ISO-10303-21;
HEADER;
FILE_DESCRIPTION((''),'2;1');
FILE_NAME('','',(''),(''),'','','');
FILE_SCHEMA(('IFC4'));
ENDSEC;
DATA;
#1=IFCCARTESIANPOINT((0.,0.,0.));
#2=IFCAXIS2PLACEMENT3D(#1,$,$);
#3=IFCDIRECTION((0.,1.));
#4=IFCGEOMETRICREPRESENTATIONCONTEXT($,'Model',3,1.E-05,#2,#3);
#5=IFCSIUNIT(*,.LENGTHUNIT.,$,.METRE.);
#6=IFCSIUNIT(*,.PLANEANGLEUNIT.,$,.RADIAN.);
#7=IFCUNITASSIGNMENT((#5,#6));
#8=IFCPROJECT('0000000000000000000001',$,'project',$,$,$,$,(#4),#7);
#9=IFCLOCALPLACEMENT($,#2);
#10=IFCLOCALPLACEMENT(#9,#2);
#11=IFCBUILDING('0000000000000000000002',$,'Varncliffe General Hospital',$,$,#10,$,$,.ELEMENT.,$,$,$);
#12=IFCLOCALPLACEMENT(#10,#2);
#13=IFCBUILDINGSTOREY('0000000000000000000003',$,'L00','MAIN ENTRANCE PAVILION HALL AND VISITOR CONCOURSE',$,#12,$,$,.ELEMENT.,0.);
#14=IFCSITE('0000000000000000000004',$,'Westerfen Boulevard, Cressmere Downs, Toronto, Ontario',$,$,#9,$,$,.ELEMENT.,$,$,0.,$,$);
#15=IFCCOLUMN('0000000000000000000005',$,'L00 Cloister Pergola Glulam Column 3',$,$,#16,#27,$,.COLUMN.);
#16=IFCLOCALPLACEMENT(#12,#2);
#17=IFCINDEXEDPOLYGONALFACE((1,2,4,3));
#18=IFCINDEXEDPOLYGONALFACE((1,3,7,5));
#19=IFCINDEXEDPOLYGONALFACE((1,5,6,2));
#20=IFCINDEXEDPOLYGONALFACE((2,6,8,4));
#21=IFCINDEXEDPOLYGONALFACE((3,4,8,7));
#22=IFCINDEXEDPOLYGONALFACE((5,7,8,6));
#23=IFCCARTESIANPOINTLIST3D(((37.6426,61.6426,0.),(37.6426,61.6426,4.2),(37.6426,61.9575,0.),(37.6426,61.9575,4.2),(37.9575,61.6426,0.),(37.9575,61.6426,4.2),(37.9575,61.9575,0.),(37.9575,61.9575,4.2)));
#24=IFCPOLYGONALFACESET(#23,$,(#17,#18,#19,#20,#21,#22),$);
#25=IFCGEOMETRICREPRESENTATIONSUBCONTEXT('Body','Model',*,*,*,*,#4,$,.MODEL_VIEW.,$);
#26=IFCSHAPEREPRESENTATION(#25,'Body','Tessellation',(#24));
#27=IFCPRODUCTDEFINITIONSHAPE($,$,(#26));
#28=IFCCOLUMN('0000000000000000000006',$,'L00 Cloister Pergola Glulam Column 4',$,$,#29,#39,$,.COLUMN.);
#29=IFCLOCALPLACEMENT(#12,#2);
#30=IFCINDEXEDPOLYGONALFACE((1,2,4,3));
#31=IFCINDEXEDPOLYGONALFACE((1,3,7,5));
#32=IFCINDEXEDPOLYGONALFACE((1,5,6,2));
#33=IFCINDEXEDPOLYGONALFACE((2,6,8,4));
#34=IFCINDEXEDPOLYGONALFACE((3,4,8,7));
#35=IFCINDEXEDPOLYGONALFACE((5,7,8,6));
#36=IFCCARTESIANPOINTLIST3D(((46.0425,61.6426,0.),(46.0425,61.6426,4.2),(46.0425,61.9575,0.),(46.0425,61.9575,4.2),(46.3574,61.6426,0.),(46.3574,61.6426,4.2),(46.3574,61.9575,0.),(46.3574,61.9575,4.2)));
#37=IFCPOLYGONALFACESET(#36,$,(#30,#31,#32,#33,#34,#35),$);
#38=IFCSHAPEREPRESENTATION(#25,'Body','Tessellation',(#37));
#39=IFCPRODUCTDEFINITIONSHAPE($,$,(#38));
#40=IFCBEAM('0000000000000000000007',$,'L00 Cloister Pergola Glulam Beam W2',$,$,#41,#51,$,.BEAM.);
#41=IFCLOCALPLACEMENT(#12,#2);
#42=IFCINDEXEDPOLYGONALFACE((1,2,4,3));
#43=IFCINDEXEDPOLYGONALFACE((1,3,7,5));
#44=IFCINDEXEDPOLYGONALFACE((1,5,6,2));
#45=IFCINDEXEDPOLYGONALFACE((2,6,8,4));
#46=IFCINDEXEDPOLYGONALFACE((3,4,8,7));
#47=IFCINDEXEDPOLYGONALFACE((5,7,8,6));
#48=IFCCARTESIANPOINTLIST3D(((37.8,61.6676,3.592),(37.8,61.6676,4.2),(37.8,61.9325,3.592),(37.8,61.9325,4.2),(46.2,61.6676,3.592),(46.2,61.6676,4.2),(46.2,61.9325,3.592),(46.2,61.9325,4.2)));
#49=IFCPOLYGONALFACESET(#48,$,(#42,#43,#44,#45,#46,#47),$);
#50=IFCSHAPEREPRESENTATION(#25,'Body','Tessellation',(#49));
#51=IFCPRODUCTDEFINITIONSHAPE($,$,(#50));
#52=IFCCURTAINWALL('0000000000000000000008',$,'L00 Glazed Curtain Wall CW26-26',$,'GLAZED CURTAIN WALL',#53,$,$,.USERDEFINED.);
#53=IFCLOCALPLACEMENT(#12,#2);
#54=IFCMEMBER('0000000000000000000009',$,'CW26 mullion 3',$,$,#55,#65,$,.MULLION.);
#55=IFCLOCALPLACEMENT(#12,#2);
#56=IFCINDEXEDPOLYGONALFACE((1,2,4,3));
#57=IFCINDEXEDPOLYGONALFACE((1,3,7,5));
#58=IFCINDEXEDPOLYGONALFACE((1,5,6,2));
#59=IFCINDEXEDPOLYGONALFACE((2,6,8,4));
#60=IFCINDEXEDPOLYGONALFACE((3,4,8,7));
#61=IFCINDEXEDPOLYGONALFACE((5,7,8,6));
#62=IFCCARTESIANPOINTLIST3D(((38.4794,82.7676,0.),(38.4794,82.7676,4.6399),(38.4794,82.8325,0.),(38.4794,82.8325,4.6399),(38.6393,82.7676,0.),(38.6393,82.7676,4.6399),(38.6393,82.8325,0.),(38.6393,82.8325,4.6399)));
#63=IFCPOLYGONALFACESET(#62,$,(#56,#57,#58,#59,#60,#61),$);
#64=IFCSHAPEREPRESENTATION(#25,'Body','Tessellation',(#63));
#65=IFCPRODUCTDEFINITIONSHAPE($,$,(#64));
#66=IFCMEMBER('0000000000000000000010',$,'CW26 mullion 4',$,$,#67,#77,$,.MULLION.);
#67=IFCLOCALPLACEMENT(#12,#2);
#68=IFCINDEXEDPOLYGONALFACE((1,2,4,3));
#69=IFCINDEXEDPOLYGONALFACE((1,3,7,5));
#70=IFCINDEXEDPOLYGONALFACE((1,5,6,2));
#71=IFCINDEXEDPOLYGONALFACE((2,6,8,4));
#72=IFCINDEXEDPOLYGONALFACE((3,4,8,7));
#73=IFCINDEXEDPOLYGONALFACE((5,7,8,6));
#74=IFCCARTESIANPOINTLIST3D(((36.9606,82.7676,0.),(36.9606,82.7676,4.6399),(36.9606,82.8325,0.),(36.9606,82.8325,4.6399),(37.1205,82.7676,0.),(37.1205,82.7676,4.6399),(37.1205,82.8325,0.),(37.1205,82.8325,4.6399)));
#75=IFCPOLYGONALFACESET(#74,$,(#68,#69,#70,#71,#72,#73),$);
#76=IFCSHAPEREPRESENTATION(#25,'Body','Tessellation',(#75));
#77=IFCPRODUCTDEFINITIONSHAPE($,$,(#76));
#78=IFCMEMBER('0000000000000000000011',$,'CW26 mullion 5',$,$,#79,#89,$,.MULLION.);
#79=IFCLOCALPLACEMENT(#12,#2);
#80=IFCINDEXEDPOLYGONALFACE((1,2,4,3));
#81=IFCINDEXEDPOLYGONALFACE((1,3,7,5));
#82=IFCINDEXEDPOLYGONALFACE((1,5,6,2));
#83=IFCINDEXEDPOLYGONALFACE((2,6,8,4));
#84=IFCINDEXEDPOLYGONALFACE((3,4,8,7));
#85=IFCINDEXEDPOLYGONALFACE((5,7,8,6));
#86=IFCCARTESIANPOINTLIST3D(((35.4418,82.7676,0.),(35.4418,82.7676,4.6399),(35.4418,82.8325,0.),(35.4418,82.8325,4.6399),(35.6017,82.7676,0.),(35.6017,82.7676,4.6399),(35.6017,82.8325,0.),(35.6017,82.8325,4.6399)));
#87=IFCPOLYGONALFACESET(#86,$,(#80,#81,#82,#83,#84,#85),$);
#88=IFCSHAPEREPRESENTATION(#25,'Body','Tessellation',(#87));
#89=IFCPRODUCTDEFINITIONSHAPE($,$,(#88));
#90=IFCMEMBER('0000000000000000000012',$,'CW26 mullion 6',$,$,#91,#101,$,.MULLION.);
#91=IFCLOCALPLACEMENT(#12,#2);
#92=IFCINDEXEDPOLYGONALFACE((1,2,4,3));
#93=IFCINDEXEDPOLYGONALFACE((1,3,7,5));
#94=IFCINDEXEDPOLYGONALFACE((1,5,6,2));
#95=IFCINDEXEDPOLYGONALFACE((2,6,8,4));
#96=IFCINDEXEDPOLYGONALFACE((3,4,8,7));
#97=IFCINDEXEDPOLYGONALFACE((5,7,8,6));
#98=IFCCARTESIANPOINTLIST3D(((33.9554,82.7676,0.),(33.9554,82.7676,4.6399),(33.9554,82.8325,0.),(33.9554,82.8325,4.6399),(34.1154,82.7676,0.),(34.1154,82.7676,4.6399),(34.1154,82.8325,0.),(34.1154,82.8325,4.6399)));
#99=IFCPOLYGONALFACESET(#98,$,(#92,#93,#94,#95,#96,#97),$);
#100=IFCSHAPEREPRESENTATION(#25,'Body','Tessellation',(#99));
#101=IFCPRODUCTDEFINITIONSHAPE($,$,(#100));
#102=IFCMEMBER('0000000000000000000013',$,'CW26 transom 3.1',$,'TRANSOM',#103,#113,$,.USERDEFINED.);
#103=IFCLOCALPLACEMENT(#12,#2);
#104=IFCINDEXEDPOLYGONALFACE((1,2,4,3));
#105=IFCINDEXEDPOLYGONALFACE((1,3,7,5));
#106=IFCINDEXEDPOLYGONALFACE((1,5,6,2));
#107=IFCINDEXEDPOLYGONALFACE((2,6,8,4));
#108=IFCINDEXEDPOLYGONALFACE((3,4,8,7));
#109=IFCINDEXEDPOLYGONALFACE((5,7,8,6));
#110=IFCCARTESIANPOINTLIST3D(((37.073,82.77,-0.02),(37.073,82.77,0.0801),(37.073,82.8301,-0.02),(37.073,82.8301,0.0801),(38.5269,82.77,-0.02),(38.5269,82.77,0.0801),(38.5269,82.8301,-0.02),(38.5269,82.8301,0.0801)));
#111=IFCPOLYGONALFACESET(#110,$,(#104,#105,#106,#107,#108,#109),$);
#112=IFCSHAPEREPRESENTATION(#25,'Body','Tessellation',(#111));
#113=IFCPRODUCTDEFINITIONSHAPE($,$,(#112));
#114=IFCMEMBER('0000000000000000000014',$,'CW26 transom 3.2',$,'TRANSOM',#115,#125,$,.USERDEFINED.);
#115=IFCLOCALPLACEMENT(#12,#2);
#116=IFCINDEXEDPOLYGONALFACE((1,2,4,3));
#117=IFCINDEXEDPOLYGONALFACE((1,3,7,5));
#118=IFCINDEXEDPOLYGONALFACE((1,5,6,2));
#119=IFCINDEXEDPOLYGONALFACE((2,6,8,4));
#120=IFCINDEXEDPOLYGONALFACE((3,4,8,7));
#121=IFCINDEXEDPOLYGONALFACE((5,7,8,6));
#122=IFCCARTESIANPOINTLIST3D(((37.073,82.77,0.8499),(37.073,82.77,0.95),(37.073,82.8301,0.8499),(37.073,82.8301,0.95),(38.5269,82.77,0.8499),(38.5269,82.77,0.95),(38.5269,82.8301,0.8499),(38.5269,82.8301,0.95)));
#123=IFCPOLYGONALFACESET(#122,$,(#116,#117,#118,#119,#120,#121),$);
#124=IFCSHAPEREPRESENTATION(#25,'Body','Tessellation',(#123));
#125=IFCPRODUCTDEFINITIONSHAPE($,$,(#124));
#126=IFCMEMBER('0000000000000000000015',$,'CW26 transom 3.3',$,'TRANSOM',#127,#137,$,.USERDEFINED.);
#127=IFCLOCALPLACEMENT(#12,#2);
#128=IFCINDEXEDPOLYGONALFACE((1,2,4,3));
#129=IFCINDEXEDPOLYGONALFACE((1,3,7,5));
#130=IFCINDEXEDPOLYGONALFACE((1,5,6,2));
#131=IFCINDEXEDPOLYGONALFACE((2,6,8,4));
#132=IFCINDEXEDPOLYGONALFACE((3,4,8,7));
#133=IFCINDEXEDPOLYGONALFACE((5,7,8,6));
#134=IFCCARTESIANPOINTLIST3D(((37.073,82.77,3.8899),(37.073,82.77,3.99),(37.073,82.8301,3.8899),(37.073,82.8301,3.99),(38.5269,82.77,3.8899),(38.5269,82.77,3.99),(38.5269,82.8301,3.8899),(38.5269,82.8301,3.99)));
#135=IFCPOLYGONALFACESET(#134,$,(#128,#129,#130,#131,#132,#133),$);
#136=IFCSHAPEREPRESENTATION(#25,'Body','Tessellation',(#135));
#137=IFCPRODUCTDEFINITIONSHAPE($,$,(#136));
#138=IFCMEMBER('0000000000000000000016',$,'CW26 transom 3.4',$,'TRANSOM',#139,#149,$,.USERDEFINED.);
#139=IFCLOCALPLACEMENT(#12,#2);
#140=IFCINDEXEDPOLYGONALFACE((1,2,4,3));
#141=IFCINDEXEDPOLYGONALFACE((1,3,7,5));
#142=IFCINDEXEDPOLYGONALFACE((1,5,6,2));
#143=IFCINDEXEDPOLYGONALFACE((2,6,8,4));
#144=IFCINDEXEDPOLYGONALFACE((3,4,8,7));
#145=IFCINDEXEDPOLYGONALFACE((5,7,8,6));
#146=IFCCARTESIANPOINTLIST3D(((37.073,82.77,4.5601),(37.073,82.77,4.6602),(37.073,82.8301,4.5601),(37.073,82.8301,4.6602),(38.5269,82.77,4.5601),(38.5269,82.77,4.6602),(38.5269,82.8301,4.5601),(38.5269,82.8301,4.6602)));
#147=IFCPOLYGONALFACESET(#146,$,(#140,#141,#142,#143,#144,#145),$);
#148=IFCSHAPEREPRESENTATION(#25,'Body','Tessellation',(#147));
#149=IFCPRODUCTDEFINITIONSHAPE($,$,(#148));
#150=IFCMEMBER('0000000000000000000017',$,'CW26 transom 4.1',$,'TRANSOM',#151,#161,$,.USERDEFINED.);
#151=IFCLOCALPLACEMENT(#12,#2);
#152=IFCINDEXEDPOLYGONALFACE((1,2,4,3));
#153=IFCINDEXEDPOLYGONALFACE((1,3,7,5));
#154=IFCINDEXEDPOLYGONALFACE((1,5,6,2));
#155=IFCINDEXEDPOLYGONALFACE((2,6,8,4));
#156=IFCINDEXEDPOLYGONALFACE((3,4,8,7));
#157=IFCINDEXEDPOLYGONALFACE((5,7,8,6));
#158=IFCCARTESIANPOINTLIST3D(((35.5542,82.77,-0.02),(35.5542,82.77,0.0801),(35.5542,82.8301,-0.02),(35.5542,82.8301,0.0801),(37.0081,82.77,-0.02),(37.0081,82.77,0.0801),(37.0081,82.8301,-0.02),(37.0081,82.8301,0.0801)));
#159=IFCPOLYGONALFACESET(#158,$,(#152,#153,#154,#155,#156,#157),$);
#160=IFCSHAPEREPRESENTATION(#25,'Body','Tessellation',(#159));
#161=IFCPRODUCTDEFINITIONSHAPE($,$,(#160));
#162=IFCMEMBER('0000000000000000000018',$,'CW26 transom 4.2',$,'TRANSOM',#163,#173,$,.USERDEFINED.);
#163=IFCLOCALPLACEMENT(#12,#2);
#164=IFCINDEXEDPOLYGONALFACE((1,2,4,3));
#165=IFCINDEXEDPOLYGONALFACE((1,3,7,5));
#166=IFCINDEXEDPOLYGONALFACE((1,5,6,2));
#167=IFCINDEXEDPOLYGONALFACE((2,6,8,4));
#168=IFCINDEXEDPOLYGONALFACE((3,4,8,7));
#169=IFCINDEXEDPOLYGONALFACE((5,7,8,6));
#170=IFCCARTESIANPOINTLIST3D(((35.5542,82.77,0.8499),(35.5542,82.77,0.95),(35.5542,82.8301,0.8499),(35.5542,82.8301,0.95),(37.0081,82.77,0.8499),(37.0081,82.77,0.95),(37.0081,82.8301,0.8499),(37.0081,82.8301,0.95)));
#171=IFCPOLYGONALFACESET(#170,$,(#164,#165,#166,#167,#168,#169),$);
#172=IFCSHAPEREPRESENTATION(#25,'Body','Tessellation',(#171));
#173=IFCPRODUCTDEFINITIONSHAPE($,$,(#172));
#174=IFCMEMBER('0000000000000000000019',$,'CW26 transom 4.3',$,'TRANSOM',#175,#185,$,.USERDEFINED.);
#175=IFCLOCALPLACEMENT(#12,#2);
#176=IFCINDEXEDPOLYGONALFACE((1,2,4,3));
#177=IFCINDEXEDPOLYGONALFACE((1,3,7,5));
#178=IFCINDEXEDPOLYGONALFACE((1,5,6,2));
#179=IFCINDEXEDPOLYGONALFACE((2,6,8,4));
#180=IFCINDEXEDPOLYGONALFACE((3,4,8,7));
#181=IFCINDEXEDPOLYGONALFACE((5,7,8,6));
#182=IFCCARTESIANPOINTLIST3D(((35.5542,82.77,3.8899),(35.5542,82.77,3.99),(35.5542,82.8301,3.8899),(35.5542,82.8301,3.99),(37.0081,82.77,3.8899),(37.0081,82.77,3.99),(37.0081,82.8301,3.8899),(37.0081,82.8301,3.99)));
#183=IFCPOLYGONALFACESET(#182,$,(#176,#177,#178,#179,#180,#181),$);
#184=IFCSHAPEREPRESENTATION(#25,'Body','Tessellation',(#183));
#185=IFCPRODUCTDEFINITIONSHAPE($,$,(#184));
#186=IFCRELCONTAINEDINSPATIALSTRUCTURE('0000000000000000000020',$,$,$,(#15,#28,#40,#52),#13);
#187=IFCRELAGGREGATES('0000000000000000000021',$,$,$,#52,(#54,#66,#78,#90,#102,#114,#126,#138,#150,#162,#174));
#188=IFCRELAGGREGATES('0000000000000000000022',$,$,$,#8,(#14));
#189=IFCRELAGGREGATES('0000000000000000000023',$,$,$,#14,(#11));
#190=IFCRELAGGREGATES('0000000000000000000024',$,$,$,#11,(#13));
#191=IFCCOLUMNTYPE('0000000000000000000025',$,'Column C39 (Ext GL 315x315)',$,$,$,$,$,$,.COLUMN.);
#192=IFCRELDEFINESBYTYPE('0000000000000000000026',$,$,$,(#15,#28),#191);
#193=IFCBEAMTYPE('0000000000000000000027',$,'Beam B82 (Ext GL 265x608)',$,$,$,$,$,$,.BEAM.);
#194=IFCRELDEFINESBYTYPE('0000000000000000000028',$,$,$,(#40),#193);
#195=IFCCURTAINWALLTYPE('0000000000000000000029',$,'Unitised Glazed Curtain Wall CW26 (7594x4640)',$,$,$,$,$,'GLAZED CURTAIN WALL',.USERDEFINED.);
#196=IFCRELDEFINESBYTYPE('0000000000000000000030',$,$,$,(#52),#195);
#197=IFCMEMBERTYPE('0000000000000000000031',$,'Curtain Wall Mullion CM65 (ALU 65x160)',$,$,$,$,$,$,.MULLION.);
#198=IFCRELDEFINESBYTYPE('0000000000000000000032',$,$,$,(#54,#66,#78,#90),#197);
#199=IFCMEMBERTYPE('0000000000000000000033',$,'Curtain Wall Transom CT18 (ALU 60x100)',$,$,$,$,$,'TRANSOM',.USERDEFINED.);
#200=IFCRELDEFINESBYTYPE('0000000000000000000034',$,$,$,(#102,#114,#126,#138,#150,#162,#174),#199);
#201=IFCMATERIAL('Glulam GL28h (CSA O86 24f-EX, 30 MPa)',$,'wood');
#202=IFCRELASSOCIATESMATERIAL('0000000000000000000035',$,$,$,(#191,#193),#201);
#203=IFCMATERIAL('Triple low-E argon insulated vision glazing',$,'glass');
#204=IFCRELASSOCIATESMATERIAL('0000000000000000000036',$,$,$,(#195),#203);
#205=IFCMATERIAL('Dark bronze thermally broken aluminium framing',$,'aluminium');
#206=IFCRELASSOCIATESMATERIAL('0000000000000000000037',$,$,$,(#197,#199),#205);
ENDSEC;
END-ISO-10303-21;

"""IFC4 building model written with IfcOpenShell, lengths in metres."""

from ifc_helpers import new_model, si_unit, direction, frame, origin, origin_2d, place, context, subcontext, project, spatial, rectangle, extrude, material, material_profile, profile_set, type_object, element, aggregate, save


model = new_model("IFC4")

# Units and contexts
model_context = context("Model", 3, precision=1e-05, world=origin(), true_north=direction((0.0, 1.0)))
body_context = subcontext(model_context, "Body", "Model", "MODEL_VIEW")
ifc_project = project(units=[si_unit("LENGTHUNIT", "METRE"), si_unit("PLANEANGLEUNIT", "RADIAN")], contexts=[model_context])

# Site, building, storey
site_placement = place(None, origin())
site = spatial("IfcSite", under=ifc_project, at=site_placement, Name="Westerfen Boulevard, Cressmere Downs, Toronto, Ontario", CompositionType="ELEMENT", RefElevation=0.0)
building_placement = place(site_placement, origin())
building = spatial("IfcBuilding", under=site, at=building_placement, Name="Varncliffe General Hospital", CompositionType="ELEMENT")
storey_placement = place(building_placement, origin())
storey = spatial("IfcBuildingStorey", under=building, at=storey_placement, Name="L00", Description="MAIN ENTRANCE PAVILION HALL AND VISITOR CONCOURSE", CompositionType="ELEMENT", Elevation=0.0)

# Columns
ifc_material_1 = material(Name="Glulam GL28h (CSA O86 24f-EX, 30 MPa)", Category="wood")
ifc_material_profile_1 = material_profile(ifc_material_1, rectangle(XDim=0.3149, YDim=0.3149, at=origin_2d()), Name="GL 315x315")
ifc_profile_set_1 = profile_set([ifc_material_profile_1], Name="Glulam GL28h (CSA O86 24f-EX, 30 MPa)")
column_type = type_object("IfcColumnType", Name="Column C39 (Ext GL 315x315)", PredefinedType="COLUMN", material=ifc_profile_set_1)
for number, where, z_axis, x_axis, name in (
    (1, (37.8, 61.8, 0.0), (0.0, 0.0, 1.0), (1.0, 0.0, 0.0), "L00 Cloister Pergola Glulam Column 3"),
    (2, (46.2, 61.8, 0.0), (0.0, 0.0, 1.0), (1.0, 0.0, 0.0), "L00 Cloister Pergola Glulam Column 4"),
):
    element("IfcColumn", number, at=place(storey_placement, frame(where, z_axis=z_axis, x_axis=x_axis)), inside=storey, type_object=column_type, Name=name, PredefinedType="COLUMN", context=body_context, shape_type="SweptSolid", body=[
        extrude(rectangle(XDim=0.3149, YDim=0.3149, at=origin_2d()), origin(), (0.0, 0.0, 1.0), 4.2),
    ])

# Beam
ifc_material_profile_2 = material_profile(ifc_material_1, rectangle(XDim=0.2649, YDim=0.6079, at=origin_2d()), Name="GL 265x608")
ifc_profile_set_2 = profile_set([ifc_material_profile_2], Name="Glulam GL28h (CSA O86 24f-EX, 30 MPa)")
beam_type = type_object("IfcBeamType", Name="Beam B82 (Ext GL 265x608)", PredefinedType="BEAM", material=ifc_profile_set_2)
beam_placement = place(storey_placement, frame((37.8, 61.8, 3.896), z_axis=(1.0, 0.0, 0.0), x_axis=(0.0, 1.0, 0.0)))
element("IfcBeam", 3, at=beam_placement, inside=storey, type_object=beam_type, Name="L00 Cloister Pergola Glulam Beam W2", PredefinedType="BEAM", context=body_context, shape_type="SweptSolid", body=[
    extrude(rectangle(XDim=0.2649, YDim=0.6079, at=origin_2d()), origin(), (0.0, 0.0, 1.0), 8.3999),
])

# Curtain wall, members
ifc_material_2 = material(Name="Triple low-E argon insulated vision glazing", Category="glass")
curtain_wall_type = type_object("IfcCurtainWallType", Name="Unitised Glazed Curtain Wall CW26 (7594x4640)", ElementType="GLAZED CURTAIN WALL", PredefinedType="USERDEFINED", material=ifc_material_2)
curtain_wall_placement = place(storey_placement, origin())
curtain_wall = element("IfcCurtainWall", 4, at=curtain_wall_placement, inside=storey, type_object=curtain_wall_type, Name="L00 Glazed Curtain Wall CW26-26", ObjectType="GLAZED CURTAIN WALL", PredefinedType="USERDEFINED")
ifc_material_3 = material(Name="Dark bronze thermally broken aluminium framing", Category="aluminium")
ifc_material_profile_3 = material_profile(ifc_material_3, rectangle(XDim=0.0649, YDim=0.1599, at=origin_2d()), Name="ALU 65x160")
ifc_profile_set_3 = profile_set([ifc_material_profile_3], Name="Dark bronze thermally broken aluminium framing")
member_type_1 = type_object("IfcMemberType", Name="Curtain Wall Mullion CM65 (ALU 65x160)", PredefinedType="MULLION", material=ifc_profile_set_3)
member_1_placement = place(storey_placement, frame((38.5593, 82.8, 0.0), z_axis=(0.0, 0.0, 1.0), x_axis=(0.0, -1.0, 0.0)))
member_1 = element("IfcMember", 5, at=member_1_placement, type_object=member_type_1, Name="CW26 mullion 3", PredefinedType="MULLION", context=body_context, shape_type="SweptSolid", body=[
    extrude(rectangle(XDim=0.0649, YDim=0.1599, at=origin_2d()), origin(), (0.0, 0.0, 1.0), 4.6399),
])
member_2_placement = place(storey_placement, frame((37.0405, 82.8, 0.0), z_axis=(0.0, 0.0, 1.0), x_axis=(0.0, -1.0, 0.0)))
member_2 = element("IfcMember", 6, at=member_2_placement, type_object=member_type_1, Name="CW26 mullion 4", PredefinedType="MULLION", context=body_context, shape_type="SweptSolid", body=[
    extrude(rectangle(XDim=0.0649, YDim=0.1599, at=origin_2d()), origin(), (0.0, 0.0, 1.0), 4.6399),
])
member_3_placement = place(storey_placement, frame((35.5217, 82.8, 0.0), z_axis=(0.0, 0.0, 1.0), x_axis=(0.0, -1.0, 0.0)))
member_3 = element("IfcMember", 7, at=member_3_placement, type_object=member_type_1, Name="CW26 mullion 5", PredefinedType="MULLION", context=body_context, shape_type="SweptSolid", body=[
    extrude(rectangle(XDim=0.0649, YDim=0.1599, at=origin_2d()), origin(), (0.0, 0.0, 1.0), 4.6399),
])
member_4_placement = place(storey_placement, frame((34.0354, 82.8, 0.0), z_axis=(0.0, 0.0, 1.0), x_axis=(0.0, -1.0, 0.0)))
member_4 = element("IfcMember", 8, at=member_4_placement, type_object=member_type_1, Name="CW26 mullion 6", PredefinedType="MULLION", context=body_context, shape_type="SweptSolid", body=[
    extrude(rectangle(XDim=0.0649, YDim=0.1599, at=origin_2d()), origin(), (0.0, 0.0, 1.0), 4.6399),
])
ifc_material_profile_4 = material_profile(ifc_material_3, rectangle(XDim=0.0601, YDim=0.1001, at=origin_2d()), Name="ALU 60x100")
ifc_profile_set_4 = profile_set([ifc_material_profile_4], Name="Dark bronze thermally broken aluminium framing")
member_type_2 = type_object("IfcMemberType", Name="Curtain Wall Transom CT18 (ALU 60x100)", ElementType="TRANSOM", PredefinedType="USERDEFINED", material=ifc_profile_set_4)
member_5_placement = place(storey_placement, frame((38.5269, 82.8, 0.03), z_axis=(-1.0, 0.0, 0.0), x_axis=(0.0, -1.0, 0.0)))
member_5 = element("IfcMember", 9, at=member_5_placement, type_object=member_type_2, Name="CW26 transom 3.1", ObjectType="TRANSOM", PredefinedType="USERDEFINED", context=body_context, shape_type="SweptSolid", body=[
    extrude(rectangle(XDim=0.0601, YDim=0.1001, at=origin_2d()), origin(), (0.0, 0.0, 1.0), 1.4539),
])
member_6_placement = place(storey_placement, frame((38.5269, 82.8, 0.8999), z_axis=(-1.0, 0.0, 0.0), x_axis=(0.0, -1.0, 0.0)))
member_6 = element("IfcMember", 10, at=member_6_placement, type_object=member_type_2, Name="CW26 transom 3.2", ObjectType="TRANSOM", PredefinedType="USERDEFINED", context=body_context, shape_type="SweptSolid", body=[
    extrude(rectangle(XDim=0.0601, YDim=0.1001, at=origin_2d()), origin(), (0.0, 0.0, 1.0), 1.4539),
])
member_7_placement = place(storey_placement, frame((38.5269, 82.8, 3.9399), z_axis=(-1.0, 0.0, 0.0), x_axis=(0.0, -1.0, 0.0)))
member_7 = element("IfcMember", 11, at=member_7_placement, type_object=member_type_2, Name="CW26 transom 3.3", ObjectType="TRANSOM", PredefinedType="USERDEFINED", context=body_context, shape_type="SweptSolid", body=[
    extrude(rectangle(XDim=0.0601, YDim=0.1001, at=origin_2d()), origin(), (0.0, 0.0, 1.0), 1.4539),
])
member_8_placement = place(storey_placement, frame((38.5269, 82.8, 4.6101), z_axis=(-1.0, 0.0, 0.0), x_axis=(0.0, -1.0, 0.0)))
member_8 = element("IfcMember", 12, at=member_8_placement, type_object=member_type_2, Name="CW26 transom 3.4", ObjectType="TRANSOM", PredefinedType="USERDEFINED", context=body_context, shape_type="SweptSolid", body=[
    extrude(rectangle(XDim=0.0601, YDim=0.1001, at=origin_2d()), origin(), (0.0, 0.0, 1.0), 1.4539),
])
member_9_placement = place(storey_placement, frame((37.0081, 82.8, 0.03), z_axis=(-1.0, 0.0, 0.0), x_axis=(0.0, -1.0, 0.0)))
member_9 = element("IfcMember", 13, at=member_9_placement, type_object=member_type_2, Name="CW26 transom 4.1", ObjectType="TRANSOM", PredefinedType="USERDEFINED", context=body_context, shape_type="SweptSolid", body=[
    extrude(rectangle(XDim=0.0601, YDim=0.1001, at=origin_2d()), origin(), (0.0, 0.0, 1.0), 1.4539),
])
member_10_placement = place(storey_placement, frame((37.0081, 82.8, 0.8999), z_axis=(-1.0, 0.0, 0.0), x_axis=(0.0, -1.0, 0.0)))
member_10 = element("IfcMember", 14, at=member_10_placement, type_object=member_type_2, Name="CW26 transom 4.2", ObjectType="TRANSOM", PredefinedType="USERDEFINED", context=body_context, shape_type="SweptSolid", body=[
    extrude(rectangle(XDim=0.0601, YDim=0.1001, at=origin_2d()), origin(), (0.0, 0.0, 1.0), 1.4539),
])
member_11_placement = place(storey_placement, frame((37.0081, 82.8, 3.9399), z_axis=(-1.0, 0.0, 0.0), x_axis=(0.0, -1.0, 0.0)))
member_11 = element("IfcMember", 15, at=member_11_placement, type_object=member_type_2, Name="CW26 transom 4.3", ObjectType="TRANSOM", PredefinedType="USERDEFINED", context=body_context, shape_type="SweptSolid", body=[
    extrude(rectangle(XDim=0.0601, YDim=0.1001, at=origin_2d()), origin(), (0.0, 0.0, 1.0), 1.4539),
])
aggregate(curtain_wall, [member_1, member_2, member_3, member_4, member_5, member_6, member_7, member_8, member_9, member_10, member_11])

save(model, "model.ifc")
